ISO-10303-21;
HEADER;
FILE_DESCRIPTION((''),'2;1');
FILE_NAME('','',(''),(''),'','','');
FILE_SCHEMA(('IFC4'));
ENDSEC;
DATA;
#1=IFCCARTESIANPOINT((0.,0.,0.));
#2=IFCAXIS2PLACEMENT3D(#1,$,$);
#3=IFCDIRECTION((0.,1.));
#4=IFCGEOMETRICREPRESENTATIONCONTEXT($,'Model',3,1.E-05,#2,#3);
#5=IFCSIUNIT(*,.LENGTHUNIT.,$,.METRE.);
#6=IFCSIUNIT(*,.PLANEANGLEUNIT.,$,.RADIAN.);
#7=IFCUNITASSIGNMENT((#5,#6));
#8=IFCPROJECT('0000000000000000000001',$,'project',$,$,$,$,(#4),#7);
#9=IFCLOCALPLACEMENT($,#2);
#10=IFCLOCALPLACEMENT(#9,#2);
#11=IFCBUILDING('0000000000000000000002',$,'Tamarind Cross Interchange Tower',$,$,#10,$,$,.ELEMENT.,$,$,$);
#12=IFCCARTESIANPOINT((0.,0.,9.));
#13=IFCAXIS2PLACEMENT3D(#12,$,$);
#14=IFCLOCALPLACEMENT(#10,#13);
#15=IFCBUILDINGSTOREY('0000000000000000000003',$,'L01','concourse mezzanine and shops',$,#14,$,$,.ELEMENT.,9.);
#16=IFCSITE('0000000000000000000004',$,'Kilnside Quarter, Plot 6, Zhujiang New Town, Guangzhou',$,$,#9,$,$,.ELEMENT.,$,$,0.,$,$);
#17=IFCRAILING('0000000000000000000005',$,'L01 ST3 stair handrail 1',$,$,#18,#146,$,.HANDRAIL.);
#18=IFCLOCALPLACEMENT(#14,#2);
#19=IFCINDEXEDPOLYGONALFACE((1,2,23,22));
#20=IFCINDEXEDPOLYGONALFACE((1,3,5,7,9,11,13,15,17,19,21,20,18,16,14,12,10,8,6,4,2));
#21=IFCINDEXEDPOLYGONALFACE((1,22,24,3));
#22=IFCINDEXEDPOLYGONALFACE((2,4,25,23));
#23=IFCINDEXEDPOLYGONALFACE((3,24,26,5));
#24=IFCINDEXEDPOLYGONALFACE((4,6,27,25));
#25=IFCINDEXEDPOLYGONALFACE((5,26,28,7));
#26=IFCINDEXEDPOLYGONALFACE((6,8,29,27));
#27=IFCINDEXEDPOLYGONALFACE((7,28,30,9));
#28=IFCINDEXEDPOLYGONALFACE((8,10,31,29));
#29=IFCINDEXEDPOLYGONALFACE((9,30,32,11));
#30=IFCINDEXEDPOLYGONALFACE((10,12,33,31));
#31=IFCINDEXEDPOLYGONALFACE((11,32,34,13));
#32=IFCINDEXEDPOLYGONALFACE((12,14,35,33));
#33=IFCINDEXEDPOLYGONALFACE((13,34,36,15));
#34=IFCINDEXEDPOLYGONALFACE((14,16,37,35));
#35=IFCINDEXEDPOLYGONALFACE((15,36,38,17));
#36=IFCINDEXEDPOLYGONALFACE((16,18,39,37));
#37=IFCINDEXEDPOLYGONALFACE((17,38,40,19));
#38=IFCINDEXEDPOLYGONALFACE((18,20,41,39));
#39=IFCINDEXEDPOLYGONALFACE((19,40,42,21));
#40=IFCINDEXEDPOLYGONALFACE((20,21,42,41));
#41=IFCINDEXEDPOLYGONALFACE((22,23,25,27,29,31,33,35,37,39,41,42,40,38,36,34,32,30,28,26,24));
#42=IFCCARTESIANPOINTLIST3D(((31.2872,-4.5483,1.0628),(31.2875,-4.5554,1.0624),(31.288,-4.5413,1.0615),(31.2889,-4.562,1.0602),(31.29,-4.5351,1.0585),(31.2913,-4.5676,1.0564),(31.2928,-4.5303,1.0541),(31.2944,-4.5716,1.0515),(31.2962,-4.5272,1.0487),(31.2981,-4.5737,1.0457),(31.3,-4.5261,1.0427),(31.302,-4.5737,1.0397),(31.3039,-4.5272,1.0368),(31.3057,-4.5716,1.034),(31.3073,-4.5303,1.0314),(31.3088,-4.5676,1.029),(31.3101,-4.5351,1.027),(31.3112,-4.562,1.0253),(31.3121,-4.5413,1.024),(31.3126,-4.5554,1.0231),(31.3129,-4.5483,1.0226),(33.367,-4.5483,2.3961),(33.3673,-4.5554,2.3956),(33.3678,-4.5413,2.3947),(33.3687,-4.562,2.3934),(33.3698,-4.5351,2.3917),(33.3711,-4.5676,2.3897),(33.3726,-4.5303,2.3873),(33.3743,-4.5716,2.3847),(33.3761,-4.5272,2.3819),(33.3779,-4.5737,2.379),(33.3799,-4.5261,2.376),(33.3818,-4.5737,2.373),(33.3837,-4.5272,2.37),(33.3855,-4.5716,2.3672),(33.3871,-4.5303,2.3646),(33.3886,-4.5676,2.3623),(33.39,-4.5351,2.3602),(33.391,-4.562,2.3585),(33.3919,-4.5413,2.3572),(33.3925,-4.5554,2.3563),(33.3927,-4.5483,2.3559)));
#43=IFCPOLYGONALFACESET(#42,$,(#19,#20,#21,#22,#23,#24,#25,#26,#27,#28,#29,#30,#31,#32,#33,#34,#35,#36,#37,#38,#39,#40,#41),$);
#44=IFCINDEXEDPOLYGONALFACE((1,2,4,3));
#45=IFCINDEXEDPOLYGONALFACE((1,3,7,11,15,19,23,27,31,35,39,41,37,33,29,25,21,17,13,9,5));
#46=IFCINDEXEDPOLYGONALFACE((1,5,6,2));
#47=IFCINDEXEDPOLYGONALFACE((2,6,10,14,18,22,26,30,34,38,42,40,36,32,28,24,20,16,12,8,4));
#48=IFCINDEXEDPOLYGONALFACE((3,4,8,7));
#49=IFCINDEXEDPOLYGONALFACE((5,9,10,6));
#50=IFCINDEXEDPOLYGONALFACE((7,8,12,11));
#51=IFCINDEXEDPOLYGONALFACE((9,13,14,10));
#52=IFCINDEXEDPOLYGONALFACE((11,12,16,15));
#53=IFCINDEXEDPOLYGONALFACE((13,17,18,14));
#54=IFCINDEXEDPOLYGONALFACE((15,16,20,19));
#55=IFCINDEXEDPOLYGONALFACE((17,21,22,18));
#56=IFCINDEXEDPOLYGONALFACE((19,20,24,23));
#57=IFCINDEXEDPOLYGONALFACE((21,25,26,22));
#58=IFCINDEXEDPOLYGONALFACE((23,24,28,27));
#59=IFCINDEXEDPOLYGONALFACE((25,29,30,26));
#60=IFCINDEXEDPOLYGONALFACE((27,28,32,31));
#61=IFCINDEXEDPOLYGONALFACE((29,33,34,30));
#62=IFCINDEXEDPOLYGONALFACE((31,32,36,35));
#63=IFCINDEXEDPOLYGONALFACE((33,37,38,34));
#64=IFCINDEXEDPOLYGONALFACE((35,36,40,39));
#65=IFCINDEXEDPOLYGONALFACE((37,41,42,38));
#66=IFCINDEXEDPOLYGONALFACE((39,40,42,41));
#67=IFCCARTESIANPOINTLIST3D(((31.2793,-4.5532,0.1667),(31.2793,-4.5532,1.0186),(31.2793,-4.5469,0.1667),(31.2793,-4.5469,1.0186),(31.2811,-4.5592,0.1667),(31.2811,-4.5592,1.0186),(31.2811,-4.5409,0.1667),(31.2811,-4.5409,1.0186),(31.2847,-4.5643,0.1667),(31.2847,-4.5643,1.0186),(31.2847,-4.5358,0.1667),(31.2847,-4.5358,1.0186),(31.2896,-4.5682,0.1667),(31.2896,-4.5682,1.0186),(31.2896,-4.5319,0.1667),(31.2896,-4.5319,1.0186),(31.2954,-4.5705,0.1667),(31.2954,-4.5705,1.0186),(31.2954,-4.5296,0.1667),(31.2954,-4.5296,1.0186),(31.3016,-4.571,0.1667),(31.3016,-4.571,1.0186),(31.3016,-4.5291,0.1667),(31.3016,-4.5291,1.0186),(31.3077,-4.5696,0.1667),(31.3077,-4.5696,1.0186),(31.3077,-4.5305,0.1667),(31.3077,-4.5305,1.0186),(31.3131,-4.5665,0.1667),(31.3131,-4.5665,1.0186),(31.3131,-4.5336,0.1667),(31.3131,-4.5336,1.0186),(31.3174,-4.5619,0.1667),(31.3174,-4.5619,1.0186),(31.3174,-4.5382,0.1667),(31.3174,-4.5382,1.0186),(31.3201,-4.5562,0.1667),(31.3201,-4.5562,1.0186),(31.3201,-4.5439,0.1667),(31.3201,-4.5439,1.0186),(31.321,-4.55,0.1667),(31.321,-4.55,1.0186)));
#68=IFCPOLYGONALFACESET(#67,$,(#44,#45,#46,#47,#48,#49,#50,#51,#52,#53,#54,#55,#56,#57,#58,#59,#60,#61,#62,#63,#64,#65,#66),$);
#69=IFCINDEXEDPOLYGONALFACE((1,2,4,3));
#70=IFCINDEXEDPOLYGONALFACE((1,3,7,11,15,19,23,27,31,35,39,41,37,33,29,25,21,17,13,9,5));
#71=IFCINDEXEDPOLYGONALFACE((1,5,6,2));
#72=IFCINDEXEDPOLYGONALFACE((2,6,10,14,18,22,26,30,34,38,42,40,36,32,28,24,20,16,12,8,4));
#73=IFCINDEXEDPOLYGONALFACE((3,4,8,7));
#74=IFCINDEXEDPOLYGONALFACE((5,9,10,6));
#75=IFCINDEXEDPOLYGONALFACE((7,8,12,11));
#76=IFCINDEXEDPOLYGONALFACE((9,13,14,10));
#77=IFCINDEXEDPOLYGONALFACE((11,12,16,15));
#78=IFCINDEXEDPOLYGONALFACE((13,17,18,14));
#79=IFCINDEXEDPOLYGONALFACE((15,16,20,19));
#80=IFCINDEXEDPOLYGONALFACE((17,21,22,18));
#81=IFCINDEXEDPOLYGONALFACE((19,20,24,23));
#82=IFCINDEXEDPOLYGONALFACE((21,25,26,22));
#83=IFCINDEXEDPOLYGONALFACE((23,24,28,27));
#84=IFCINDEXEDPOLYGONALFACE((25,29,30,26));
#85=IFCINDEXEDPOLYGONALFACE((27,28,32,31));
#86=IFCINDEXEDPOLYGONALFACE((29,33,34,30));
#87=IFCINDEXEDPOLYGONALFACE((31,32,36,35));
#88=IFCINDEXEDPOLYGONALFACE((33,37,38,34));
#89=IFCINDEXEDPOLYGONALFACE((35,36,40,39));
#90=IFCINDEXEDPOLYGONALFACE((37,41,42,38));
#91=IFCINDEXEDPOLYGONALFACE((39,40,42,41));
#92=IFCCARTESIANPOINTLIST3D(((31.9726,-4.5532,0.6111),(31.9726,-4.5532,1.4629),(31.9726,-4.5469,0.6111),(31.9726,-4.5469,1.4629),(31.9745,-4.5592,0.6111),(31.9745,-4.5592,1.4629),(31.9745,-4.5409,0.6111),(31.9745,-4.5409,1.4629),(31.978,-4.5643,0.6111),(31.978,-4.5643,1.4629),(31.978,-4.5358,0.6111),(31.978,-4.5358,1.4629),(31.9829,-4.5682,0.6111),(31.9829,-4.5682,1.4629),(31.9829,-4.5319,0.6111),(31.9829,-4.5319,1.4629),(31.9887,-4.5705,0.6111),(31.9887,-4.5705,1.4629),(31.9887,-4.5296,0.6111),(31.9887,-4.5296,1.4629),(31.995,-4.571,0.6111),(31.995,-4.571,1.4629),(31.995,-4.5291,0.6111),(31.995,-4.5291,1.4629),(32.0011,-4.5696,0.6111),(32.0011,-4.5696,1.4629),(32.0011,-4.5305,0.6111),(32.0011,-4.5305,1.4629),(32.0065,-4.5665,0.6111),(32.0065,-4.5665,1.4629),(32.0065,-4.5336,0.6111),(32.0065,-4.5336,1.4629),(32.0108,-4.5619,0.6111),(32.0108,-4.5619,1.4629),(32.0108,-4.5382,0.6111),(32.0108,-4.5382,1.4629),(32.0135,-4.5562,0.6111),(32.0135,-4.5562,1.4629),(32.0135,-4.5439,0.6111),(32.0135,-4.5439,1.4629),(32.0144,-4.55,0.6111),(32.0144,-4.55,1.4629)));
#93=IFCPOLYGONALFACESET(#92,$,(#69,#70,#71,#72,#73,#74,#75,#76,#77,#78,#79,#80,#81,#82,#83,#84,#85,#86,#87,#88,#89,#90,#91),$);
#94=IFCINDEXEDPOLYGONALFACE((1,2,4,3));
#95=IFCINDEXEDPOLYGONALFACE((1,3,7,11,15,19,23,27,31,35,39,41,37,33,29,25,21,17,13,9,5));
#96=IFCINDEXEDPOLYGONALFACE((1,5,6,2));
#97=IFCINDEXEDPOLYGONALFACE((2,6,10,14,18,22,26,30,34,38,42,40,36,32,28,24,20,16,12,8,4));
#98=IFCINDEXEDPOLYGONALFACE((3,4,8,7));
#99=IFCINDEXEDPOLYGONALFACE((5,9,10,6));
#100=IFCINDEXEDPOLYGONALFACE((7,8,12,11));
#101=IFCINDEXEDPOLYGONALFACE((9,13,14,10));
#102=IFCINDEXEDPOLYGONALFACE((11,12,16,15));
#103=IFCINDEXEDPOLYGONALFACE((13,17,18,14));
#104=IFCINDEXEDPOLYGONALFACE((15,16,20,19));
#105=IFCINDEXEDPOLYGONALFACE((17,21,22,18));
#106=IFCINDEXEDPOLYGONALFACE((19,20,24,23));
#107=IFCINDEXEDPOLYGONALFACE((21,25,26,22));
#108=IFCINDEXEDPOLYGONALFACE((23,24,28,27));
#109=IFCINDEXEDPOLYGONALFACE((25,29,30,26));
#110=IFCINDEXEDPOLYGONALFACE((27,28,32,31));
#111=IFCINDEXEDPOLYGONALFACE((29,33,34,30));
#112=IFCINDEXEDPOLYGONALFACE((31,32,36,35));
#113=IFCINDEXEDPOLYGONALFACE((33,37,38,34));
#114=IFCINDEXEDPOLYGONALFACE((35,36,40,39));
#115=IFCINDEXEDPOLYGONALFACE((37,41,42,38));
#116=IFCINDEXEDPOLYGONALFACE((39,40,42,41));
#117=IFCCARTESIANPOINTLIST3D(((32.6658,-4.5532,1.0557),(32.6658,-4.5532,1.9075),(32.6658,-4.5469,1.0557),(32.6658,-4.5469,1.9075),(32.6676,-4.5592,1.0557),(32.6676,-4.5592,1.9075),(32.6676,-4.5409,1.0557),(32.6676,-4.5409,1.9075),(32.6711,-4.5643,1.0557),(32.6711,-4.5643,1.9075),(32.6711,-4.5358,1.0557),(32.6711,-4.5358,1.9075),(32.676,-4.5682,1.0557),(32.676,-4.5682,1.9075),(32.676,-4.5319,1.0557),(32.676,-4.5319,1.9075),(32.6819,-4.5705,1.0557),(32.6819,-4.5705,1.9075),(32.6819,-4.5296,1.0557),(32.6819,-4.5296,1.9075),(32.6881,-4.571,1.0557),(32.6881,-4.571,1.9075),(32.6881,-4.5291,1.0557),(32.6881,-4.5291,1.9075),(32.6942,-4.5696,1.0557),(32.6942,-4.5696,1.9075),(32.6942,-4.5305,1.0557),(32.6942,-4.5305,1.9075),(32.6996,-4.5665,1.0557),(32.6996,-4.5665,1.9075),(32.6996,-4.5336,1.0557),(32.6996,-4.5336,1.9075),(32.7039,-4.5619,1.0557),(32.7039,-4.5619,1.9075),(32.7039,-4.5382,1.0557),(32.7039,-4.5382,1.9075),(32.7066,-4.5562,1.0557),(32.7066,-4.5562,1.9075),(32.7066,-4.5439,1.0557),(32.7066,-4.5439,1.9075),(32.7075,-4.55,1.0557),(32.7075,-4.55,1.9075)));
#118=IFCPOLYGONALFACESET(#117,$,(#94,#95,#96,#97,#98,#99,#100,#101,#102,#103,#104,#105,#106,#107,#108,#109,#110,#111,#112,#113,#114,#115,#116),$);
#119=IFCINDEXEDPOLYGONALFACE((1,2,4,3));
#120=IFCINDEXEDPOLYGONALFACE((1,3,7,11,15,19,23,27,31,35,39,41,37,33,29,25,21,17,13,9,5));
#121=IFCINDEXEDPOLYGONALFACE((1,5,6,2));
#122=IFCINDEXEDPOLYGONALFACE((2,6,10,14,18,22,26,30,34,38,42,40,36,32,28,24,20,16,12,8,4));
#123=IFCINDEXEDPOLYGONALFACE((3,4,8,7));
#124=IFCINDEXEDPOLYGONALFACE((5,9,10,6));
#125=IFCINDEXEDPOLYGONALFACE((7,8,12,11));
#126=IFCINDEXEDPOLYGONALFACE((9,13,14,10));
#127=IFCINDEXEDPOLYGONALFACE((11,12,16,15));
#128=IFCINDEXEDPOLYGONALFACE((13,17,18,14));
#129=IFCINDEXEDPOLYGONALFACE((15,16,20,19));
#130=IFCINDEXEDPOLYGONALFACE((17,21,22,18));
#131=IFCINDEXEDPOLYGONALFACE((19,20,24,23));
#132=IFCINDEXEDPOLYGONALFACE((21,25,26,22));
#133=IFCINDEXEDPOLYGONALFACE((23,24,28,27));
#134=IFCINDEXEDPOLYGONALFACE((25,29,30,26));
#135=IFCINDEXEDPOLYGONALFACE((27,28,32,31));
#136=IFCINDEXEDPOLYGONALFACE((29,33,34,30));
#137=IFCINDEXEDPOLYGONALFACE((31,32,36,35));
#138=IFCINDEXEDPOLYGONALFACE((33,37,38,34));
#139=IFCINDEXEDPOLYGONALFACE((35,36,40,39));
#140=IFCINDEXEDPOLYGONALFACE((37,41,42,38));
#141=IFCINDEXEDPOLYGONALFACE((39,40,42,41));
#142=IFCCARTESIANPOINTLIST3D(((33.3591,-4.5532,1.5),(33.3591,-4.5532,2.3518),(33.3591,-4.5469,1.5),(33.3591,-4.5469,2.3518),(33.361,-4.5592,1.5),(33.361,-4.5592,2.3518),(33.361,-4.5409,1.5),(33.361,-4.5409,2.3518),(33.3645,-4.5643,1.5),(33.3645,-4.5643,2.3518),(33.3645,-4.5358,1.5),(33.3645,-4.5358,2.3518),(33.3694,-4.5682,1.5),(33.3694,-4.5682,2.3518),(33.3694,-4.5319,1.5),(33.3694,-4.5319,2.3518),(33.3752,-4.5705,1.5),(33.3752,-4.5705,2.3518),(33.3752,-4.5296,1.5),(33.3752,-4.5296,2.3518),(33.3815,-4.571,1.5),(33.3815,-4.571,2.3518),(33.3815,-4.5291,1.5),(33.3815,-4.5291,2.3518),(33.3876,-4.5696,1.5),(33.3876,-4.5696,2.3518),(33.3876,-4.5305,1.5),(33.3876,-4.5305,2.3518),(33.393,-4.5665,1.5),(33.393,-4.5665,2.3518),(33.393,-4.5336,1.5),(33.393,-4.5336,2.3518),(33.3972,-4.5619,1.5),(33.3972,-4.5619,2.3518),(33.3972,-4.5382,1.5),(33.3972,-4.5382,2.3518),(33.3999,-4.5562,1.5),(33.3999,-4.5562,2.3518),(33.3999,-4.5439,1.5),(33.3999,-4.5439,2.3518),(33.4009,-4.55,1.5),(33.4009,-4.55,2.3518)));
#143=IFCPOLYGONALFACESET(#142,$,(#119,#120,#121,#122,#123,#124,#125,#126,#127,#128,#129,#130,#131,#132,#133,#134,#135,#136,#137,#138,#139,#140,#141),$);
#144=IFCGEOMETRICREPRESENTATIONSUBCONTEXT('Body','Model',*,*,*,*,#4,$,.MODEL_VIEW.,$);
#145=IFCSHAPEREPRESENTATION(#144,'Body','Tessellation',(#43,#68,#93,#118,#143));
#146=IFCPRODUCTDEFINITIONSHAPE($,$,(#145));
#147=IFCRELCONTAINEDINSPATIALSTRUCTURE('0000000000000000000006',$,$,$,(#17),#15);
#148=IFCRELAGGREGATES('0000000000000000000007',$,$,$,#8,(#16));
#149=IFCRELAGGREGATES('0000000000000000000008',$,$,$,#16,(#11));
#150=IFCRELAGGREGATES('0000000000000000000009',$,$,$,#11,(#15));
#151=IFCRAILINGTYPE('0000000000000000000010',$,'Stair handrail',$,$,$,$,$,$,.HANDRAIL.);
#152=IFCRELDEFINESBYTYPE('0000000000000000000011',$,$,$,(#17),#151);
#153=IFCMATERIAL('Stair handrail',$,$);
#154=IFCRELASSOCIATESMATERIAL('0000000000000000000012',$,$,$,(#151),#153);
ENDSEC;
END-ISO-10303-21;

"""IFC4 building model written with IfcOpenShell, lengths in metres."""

from ifc_helpers import new_model, si_unit, direction, frame, origin, origin_2d, place, context, subcontext, project, spatial, circle, extrude, material, type_object, element, save


model = new_model("IFC4")

# Units and contexts
model_context = context("Model", 3, precision=1e-05, world=origin(), true_north=direction((0.0, 1.0)))
body_context = subcontext(model_context, "Body", "Model", "MODEL_VIEW")
ifc_project = project(units=[si_unit("LENGTHUNIT", "METRE"), si_unit("PLANEANGLEUNIT", "RADIAN")], contexts=[model_context])

# Site, building, storey
site_placement = place(None, origin())
site = spatial("IfcSite", under=ifc_project, at=site_placement, Name="Kilnside Quarter, Plot 6, Zhujiang New Town, Guangzhou", CompositionType="ELEMENT", RefElevation=0.0)
building_placement = place(site_placement, origin())
building = spatial("IfcBuilding", under=site, at=building_placement, Name="Tamarind Cross Interchange Tower", CompositionType="ELEMENT")
storey_placement = place(building_placement, frame((0.0, 0.0, 9.0)))
storey = spatial("IfcBuildingStorey", under=building, at=storey_placement, Name="L01", Description="concourse mezzanine and shops", CompositionType="ELEMENT", Elevation=9.0)

# Railing
ifc_material_1 = material(Name="Stair handrail")
railing_type_1 = type_object("IfcRailingType", Name="Stair handrail", PredefinedType="HANDRAIL", material=ifc_material_1)
for number, where, name in (
    (1, (31.3, -4.55, 0.1667), "L01 ST3 stair handrail 1"),
):
    element("IfcRailing", number, at=place(storey_placement, frame(where)), inside=storey, type_object=railing_type_1, Name=name, PredefinedType="HANDRAIL", context=body_context, shape_type="SweptSolid", body=[
        extrude(circle(Radius=0.0239, at=origin_2d()), frame((0.0, 0.0, 0.876), z_axis=(0.841875, 0.0, 0.539673), x_axis=(0.0, 1.0, 0.0)), (0.0, 0.0, 1.0), 2.4705),
        extrude(circle(Radius=0.021, at=origin_2d()), origin(), (0.0, 0.0, 1.0), 0.8518),
        extrude(circle(Radius=0.021, at=origin_2d()), frame((0.6934, 0.0, 0.4443)), (0.0, 0.0, 1.0), 0.8518),
        extrude(circle(Radius=0.021, at=origin_2d()), frame((1.3865, 0.0, 0.8889)), (0.0, 0.0, 1.0), 0.8518),
        extrude(circle(Radius=0.021, at=origin_2d()), frame((2.0798, 0.0, 1.3333)), (0.0, 0.0, 1.0), 0.8518),
    ])

save(model, "model.ifc")
